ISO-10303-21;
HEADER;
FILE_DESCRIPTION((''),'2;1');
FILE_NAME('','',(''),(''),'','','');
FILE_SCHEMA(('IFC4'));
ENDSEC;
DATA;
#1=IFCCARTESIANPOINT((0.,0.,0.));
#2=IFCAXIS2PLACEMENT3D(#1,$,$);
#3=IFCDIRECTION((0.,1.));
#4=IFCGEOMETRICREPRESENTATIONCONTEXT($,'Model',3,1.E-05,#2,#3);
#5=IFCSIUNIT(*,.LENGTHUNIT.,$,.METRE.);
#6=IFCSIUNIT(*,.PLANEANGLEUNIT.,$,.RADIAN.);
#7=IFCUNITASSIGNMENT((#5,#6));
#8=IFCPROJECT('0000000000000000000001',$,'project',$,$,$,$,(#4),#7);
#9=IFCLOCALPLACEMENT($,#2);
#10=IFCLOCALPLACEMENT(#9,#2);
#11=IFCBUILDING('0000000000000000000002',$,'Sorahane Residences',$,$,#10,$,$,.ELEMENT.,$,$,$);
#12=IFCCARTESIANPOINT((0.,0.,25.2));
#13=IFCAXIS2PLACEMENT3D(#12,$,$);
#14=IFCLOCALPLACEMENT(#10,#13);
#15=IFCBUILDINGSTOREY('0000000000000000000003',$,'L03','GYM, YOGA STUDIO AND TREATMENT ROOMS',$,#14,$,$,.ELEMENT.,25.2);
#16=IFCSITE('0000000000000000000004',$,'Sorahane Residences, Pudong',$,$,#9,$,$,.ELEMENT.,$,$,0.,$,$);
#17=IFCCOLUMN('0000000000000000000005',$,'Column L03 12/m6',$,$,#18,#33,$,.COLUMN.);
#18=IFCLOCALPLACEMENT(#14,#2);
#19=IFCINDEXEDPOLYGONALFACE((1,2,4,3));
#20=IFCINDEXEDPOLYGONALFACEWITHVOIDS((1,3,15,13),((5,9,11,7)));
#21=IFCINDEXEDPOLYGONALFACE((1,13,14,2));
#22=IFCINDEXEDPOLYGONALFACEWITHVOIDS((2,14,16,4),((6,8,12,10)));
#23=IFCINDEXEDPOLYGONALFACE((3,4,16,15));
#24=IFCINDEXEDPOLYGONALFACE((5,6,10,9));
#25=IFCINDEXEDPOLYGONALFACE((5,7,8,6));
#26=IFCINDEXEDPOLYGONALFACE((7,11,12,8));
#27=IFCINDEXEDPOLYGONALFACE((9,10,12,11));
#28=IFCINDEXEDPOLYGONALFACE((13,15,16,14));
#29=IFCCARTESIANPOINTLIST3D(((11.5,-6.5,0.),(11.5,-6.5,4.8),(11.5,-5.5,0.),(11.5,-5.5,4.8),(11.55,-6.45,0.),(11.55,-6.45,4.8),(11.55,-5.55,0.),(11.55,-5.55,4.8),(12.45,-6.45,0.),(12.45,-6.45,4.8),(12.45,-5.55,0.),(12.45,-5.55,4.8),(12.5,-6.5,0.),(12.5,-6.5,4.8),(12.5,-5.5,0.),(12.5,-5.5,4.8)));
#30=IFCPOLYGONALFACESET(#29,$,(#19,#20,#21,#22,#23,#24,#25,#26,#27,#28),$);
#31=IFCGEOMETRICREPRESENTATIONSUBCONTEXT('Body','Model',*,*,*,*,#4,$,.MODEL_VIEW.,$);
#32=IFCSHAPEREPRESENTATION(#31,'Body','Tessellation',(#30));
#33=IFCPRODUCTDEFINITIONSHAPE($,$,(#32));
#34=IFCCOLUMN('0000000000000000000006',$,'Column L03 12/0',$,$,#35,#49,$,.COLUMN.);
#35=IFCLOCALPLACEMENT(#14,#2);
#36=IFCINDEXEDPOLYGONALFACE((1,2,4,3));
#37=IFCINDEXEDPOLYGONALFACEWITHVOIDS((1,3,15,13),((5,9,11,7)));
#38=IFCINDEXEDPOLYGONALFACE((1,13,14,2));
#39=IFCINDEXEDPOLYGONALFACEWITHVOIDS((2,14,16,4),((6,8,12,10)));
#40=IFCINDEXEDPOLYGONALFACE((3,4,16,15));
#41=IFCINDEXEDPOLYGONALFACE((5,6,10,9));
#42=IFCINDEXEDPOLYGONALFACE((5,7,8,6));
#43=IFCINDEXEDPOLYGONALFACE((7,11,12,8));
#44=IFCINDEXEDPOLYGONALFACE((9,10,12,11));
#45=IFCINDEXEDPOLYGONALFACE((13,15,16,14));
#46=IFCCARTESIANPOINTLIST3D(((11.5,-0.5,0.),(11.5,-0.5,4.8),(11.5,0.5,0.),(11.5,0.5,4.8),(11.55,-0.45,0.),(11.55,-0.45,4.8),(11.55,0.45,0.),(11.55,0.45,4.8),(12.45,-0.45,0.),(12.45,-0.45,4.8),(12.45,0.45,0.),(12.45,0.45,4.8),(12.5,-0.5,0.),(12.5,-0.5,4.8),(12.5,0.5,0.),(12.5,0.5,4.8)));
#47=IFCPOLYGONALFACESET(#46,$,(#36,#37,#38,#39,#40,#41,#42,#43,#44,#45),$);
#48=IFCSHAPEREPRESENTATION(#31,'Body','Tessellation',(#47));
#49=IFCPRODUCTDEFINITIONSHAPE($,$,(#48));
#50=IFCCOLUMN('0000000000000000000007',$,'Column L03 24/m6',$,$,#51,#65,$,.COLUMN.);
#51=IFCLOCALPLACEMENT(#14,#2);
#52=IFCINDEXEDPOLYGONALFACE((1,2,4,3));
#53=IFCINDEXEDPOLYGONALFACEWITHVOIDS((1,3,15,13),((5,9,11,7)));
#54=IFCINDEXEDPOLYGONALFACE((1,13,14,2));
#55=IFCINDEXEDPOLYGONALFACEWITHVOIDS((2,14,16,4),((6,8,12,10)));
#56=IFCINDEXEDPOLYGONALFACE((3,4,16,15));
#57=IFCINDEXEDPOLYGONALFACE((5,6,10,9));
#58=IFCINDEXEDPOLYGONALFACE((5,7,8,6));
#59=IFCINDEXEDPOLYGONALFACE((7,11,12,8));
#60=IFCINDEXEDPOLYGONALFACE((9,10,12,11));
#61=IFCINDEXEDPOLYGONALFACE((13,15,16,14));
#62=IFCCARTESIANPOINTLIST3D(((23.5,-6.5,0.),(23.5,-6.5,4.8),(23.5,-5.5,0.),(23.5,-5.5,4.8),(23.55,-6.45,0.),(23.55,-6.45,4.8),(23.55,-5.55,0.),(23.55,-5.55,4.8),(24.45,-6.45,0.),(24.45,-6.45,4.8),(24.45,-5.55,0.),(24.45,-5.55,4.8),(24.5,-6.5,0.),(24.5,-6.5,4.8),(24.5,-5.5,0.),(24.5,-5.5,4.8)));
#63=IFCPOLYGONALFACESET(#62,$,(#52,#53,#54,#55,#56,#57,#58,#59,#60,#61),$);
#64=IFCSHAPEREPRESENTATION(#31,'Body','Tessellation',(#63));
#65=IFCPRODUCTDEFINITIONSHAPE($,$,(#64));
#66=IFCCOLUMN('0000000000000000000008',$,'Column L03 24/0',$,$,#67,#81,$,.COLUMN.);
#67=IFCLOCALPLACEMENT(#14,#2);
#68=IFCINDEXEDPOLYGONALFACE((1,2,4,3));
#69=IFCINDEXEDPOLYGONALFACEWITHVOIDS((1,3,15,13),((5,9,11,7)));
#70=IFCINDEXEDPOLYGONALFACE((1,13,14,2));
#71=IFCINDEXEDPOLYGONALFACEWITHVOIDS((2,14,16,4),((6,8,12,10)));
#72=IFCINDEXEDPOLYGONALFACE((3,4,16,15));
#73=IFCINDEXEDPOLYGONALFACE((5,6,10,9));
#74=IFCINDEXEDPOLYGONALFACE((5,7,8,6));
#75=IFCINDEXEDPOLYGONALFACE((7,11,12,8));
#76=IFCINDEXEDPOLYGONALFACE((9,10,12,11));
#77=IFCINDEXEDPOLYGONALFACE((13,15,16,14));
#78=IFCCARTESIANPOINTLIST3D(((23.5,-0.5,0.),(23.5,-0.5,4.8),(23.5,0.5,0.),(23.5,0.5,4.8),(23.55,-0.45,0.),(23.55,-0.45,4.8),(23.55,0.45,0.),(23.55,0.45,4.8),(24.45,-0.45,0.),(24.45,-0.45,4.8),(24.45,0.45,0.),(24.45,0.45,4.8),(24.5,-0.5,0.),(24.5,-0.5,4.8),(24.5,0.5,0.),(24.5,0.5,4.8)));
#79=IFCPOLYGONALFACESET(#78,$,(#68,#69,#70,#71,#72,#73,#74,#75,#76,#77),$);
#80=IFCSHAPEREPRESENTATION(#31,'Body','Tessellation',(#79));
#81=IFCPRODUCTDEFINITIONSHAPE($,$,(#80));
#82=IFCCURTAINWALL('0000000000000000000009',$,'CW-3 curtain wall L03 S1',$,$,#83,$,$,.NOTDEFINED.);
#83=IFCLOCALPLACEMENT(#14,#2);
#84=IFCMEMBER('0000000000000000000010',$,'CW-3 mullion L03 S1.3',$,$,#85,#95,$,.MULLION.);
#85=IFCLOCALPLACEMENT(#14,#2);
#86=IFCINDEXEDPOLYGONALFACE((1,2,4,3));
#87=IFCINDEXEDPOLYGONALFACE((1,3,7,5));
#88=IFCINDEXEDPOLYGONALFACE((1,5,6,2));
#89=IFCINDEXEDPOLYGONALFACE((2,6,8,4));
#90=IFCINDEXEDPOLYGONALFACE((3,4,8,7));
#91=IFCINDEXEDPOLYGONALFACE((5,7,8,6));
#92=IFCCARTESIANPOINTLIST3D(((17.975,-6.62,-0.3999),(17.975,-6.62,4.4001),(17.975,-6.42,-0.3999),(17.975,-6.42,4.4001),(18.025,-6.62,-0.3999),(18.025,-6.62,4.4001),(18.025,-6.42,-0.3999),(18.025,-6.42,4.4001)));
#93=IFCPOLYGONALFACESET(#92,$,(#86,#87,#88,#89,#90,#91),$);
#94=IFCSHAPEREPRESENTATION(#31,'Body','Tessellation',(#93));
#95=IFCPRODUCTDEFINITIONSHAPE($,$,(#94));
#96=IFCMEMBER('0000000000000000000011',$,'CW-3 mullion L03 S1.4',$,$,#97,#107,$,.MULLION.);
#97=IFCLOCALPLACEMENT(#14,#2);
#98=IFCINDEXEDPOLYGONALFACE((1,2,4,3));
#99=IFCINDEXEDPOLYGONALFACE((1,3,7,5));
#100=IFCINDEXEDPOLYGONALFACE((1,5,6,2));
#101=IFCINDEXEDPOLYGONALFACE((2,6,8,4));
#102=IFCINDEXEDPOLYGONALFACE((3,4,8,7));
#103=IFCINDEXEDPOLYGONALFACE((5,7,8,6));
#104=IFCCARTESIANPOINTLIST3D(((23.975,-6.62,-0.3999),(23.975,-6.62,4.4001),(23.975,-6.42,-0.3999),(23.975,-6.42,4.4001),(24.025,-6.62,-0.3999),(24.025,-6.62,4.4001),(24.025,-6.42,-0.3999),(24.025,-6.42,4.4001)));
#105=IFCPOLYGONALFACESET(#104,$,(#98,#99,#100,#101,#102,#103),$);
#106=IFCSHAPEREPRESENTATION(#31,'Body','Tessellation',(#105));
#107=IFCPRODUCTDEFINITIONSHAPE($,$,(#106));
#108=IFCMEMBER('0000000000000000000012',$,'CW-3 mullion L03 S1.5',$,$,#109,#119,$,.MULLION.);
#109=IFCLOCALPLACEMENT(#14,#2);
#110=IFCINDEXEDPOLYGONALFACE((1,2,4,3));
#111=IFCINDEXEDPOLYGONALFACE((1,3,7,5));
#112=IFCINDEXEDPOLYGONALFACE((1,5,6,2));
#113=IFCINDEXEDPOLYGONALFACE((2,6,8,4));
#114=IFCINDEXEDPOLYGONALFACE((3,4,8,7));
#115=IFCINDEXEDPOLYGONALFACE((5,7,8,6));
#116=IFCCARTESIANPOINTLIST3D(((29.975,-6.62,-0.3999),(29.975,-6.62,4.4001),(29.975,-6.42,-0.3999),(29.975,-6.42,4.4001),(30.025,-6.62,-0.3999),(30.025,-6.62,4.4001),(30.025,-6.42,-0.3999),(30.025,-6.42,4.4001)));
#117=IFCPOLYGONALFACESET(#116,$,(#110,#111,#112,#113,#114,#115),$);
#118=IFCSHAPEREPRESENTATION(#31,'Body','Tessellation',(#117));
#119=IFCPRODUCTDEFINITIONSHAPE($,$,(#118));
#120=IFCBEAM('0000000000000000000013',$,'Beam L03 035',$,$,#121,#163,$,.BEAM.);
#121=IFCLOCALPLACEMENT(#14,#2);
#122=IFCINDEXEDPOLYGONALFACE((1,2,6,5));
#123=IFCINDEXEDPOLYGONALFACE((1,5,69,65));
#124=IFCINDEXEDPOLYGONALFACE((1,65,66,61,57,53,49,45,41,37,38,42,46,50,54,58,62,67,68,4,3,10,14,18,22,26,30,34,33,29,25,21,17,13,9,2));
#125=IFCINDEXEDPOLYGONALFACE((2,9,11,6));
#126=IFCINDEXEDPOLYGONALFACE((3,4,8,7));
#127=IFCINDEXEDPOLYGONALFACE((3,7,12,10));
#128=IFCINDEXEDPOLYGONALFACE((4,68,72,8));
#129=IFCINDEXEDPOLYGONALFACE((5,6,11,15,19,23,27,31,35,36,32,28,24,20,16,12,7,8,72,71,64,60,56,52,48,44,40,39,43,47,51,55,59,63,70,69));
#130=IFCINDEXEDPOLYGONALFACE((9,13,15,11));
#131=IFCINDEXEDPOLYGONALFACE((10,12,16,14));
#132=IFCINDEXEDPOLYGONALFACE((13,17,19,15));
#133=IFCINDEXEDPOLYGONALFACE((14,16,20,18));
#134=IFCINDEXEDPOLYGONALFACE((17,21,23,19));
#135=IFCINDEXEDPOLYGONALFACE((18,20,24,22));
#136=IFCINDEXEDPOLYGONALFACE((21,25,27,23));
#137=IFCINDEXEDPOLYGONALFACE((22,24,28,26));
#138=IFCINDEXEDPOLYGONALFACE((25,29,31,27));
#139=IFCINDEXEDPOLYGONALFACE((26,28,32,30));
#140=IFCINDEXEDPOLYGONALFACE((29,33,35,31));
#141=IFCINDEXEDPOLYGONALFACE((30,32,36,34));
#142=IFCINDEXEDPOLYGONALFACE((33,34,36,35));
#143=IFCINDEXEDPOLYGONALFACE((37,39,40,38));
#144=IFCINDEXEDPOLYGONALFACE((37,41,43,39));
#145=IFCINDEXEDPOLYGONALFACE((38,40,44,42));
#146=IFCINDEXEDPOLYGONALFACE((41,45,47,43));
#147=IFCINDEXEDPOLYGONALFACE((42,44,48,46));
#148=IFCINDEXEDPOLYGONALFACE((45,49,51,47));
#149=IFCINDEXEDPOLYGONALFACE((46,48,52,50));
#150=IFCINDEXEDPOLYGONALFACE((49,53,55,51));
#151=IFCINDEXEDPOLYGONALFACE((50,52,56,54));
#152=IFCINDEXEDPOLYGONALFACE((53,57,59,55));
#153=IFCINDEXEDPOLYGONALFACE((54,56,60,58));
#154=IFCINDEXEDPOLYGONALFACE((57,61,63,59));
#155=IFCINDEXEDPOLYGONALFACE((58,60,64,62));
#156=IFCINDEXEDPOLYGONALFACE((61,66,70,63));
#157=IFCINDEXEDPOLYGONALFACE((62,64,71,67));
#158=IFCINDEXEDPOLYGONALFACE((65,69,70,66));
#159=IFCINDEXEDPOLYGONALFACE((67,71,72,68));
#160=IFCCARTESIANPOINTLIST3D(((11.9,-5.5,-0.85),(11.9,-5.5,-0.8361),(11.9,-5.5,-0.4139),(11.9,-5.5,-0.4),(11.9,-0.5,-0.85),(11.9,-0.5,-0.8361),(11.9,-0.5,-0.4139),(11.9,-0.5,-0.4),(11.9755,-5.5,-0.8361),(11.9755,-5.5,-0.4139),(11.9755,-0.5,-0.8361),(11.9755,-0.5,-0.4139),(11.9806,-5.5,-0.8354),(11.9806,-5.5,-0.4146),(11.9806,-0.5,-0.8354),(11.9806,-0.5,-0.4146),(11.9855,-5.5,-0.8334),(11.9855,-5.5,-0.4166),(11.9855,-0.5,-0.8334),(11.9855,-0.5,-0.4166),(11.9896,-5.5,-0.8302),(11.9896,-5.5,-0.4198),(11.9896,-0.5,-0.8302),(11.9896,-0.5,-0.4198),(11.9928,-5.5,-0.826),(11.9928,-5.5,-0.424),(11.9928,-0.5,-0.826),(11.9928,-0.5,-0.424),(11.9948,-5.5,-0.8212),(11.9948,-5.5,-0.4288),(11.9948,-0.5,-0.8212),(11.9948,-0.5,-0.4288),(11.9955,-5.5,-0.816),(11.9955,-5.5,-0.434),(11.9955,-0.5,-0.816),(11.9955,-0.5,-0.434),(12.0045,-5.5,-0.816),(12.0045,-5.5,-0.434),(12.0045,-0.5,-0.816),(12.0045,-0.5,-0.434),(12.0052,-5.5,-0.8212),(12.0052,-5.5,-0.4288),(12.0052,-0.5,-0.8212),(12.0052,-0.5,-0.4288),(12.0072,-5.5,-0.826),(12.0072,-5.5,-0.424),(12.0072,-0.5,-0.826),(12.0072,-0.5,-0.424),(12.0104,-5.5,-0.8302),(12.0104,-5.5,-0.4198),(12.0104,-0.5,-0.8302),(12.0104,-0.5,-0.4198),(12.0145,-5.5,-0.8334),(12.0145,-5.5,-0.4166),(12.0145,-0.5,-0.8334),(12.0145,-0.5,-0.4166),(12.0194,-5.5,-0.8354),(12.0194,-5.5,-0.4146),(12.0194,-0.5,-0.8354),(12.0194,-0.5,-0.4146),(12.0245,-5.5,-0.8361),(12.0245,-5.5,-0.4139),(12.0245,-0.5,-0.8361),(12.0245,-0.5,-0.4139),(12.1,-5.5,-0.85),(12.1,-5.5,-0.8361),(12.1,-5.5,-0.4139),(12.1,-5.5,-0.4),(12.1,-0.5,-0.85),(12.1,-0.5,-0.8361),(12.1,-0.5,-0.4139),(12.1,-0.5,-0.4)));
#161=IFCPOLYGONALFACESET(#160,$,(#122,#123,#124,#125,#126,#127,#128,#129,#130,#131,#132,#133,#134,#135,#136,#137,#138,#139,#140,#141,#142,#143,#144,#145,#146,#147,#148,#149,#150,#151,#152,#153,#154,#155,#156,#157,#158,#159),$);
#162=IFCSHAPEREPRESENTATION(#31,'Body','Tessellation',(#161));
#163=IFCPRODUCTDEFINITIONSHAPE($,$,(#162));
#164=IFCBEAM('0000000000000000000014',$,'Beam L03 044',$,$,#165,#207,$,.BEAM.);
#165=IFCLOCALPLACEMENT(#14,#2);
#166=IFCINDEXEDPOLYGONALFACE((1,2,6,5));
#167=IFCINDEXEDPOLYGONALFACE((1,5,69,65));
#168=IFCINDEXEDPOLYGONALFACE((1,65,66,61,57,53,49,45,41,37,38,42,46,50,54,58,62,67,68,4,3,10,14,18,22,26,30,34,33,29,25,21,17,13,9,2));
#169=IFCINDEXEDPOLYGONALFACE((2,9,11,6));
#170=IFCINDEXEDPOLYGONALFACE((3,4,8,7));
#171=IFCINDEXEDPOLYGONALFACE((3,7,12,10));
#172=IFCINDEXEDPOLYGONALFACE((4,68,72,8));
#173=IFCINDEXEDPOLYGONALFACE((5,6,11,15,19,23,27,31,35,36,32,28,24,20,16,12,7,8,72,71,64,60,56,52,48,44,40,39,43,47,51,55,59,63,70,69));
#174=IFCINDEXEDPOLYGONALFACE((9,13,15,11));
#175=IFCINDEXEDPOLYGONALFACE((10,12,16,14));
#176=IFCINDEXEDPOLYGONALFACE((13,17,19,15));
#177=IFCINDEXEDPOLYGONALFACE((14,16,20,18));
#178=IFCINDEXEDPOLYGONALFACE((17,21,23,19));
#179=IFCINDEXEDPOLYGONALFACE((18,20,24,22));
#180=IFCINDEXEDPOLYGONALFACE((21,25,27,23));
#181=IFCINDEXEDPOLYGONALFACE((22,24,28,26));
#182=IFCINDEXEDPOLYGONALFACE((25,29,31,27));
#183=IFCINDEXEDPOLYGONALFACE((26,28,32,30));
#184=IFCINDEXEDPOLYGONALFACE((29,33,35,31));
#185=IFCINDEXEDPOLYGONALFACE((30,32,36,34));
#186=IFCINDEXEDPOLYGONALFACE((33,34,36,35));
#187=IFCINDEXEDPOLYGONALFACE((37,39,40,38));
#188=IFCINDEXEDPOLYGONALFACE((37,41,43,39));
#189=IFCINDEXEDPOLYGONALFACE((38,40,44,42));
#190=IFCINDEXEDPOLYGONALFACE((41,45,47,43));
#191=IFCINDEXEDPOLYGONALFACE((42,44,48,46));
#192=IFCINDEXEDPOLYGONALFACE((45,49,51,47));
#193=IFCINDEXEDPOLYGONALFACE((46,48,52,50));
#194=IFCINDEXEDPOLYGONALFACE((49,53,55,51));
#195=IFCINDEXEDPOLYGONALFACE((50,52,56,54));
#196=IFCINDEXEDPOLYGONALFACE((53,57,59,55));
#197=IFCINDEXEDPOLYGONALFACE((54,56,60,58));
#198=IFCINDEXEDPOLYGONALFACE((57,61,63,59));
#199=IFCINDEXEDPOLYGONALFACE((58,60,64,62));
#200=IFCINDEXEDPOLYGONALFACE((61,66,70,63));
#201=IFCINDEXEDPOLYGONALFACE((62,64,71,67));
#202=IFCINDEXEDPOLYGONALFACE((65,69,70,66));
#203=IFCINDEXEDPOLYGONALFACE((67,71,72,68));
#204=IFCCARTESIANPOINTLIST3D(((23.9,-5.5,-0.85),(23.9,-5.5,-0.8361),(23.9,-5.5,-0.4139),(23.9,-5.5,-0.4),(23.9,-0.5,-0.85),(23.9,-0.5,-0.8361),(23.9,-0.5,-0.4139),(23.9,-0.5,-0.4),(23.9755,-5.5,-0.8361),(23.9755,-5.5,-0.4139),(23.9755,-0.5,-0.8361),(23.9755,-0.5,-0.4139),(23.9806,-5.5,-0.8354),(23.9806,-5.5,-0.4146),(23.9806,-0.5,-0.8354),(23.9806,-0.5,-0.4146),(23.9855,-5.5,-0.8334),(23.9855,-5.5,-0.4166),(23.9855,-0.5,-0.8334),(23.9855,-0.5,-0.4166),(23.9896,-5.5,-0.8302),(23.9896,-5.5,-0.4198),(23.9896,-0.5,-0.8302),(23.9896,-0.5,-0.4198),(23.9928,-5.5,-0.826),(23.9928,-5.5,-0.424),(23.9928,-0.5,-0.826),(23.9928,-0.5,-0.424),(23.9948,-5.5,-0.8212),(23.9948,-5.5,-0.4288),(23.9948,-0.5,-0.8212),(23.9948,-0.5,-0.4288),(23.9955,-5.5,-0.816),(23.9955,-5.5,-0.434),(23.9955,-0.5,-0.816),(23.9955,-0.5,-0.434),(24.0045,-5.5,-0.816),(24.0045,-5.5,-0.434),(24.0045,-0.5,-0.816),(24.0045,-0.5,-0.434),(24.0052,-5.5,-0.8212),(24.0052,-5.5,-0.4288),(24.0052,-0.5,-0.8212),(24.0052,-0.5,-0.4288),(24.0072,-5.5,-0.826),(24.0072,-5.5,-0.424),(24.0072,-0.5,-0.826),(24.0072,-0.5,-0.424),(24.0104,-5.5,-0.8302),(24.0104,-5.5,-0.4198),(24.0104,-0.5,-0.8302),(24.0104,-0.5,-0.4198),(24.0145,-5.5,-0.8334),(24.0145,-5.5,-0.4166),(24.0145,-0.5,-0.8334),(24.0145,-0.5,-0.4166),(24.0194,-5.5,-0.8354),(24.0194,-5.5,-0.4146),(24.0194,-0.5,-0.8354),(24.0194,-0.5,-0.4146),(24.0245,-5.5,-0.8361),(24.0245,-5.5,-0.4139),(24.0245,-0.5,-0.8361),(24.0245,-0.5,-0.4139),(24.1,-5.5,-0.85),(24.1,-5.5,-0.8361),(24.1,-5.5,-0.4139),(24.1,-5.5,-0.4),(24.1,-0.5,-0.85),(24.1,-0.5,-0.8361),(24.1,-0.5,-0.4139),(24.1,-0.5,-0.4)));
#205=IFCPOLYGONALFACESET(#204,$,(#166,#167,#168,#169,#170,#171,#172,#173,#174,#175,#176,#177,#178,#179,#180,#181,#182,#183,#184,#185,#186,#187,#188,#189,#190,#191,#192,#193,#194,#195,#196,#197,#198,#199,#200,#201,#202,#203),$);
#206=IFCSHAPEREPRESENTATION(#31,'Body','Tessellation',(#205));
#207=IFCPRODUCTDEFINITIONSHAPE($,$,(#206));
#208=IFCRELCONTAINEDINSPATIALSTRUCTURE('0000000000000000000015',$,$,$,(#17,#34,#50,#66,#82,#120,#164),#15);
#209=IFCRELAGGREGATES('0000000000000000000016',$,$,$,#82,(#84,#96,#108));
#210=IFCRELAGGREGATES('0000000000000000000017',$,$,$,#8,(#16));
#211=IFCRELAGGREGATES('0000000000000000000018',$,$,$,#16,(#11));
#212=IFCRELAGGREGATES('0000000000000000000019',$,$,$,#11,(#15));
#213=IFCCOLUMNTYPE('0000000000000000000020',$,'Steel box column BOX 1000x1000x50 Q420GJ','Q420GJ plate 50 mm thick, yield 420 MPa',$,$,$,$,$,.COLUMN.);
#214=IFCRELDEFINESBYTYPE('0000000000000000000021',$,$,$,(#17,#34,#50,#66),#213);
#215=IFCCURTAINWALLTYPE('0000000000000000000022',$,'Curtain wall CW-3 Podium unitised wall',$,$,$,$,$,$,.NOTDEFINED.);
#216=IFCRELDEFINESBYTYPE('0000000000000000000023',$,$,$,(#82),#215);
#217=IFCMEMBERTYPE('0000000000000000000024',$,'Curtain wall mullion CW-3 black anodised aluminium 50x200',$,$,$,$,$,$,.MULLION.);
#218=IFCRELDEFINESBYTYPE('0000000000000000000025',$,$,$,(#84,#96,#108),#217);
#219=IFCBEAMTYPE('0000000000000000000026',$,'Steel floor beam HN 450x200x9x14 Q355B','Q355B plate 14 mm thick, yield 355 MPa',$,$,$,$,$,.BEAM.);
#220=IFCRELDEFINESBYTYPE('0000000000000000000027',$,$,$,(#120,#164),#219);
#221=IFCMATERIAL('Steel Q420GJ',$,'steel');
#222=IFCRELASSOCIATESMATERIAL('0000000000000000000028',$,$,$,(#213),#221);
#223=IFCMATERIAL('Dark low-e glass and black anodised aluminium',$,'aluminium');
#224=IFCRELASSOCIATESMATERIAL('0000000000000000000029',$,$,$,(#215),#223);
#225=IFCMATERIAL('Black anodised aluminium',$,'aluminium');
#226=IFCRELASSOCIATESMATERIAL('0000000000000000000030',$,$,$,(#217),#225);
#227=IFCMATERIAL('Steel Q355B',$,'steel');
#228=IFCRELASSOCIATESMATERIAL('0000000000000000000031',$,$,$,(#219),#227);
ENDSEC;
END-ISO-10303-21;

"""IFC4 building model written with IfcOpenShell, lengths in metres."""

from ifc_helpers import new_model, si_unit, direction, frame, origin, origin_2d, place, context, subcontext, project, spatial, rectangle, hollow_rectangle, i_section, extrude, material, material_profile, profile_set, type_object, element, aggregate, save


model = new_model("IFC4")

# Units and contexts
model_context = context("Model", 3, precision=1e-05, world=origin(), true_north=direction((0.0, 1.0)))
body_context = subcontext(model_context, "Body", "Model", "MODEL_VIEW")
ifc_project = project(units=[si_unit("LENGTHUNIT", "METRE"), si_unit("PLANEANGLEUNIT", "RADIAN")], contexts=[model_context])

# Site, building, storey
site_placement = place(None, origin())
site = spatial("IfcSite", under=ifc_project, at=site_placement, Name="Sorahane Residences, Pudong", CompositionType="ELEMENT", RefElevation=0.0)
building_placement = place(site_placement, origin())
building = spatial("IfcBuilding", under=site, at=building_placement, Name="Sorahane Residences", CompositionType="ELEMENT")
storey_placement = place(building_placement, frame((0.0, 0.0, 25.2)))
storey = spatial("IfcBuildingStorey", under=building, at=storey_placement, Name="L03", Description="GYM, YOGA STUDIO AND TREATMENT ROOMS", CompositionType="ELEMENT", Elevation=25.2)

# Columns
ifc_material_1 = material(Name="Steel Q420GJ", Category="steel")
ifc_material_profile_1 = material_profile(ifc_material_1, hollow_rectangle(XDim=1.0, YDim=1.0, WallThickness=0.05, at=origin_2d()), Name="BOX 1000x1000x50")
ifc_profile_set_1 = profile_set([ifc_material_profile_1], Name="Steel Q420GJ")
column_type = type_object("IfcColumnType", Name="Steel box column BOX 1000x1000x50 Q420GJ", Description="Q420GJ plate 50 mm thick, yield 420 MPa", PredefinedType="COLUMN", material=ifc_profile_set_1)
for number, where, z_axis, x_axis, name in (
    (1, (12.0, -6.0, 0.0), (0.0, 0.0, 1.0), (1.0, 0.0, 0.0), "Column L03 12/m6"),
    (2, (12.0, 0.0, 0.0), (0.0, 0.0, 1.0), (1.0, 0.0, 0.0), "Column L03 12/0"),
    (3, (24.0, -6.0, 0.0), (0.0, 0.0, 1.0), (1.0, 0.0, 0.0), "Column L03 24/m6"),
    (4, (24.0, 0.0, 0.0), (0.0, 0.0, 1.0), (1.0, 0.0, 0.0), "Column L03 24/0"),
):
    element("IfcColumn", number, at=place(storey_placement, frame(where, z_axis=z_axis, x_axis=x_axis)), inside=storey, type_object=column_type, Name=name, PredefinedType="COLUMN", context=body_context, shape_type="SweptSolid", body=[
        extrude(hollow_rectangle(XDim=1.0, YDim=1.0, WallThickness=0.05, at=origin_2d()), origin(), (0.0, 0.0, 1.0), 4.8),
    ])

# Curtain wall, members
ifc_material_2 = material(Name="Dark low-e glass and black anodised aluminium", Category="aluminium")
curtain_wall_type = type_object("IfcCurtainWallType", Name="Curtain wall CW-3 Podium unitised wall", PredefinedType="NOTDEFINED", material=ifc_material_2)
curtain_wall_placement = place(storey_placement, origin())
curtain_wall = element("IfcCurtainWall", 5, at=curtain_wall_placement, inside=storey, type_object=curtain_wall_type, Name="CW-3 curtain wall L03 S1", PredefinedType="NOTDEFINED")
ifc_material_3 = material(Name="Black anodised aluminium", Category="aluminium")
ifc_material_profile_2 = material_profile(ifc_material_3, rectangle(XDim=0.2, YDim=0.05, at=origin_2d()), Name="Curtain wall mullion CW-3 black anodised aluminium 50x200")
ifc_profile_set_2 = profile_set([ifc_material_profile_2], Name="Black anodised aluminium")
member_type = type_object("IfcMemberType", Name="Curtain wall mullion CW-3 black anodised aluminium 50x200", PredefinedType="MULLION", material=ifc_profile_set_2)
member_1_placement = place(storey_placement, frame((18.0, -6.52, -0.3999), z_axis=(0.0, 0.0, 1.0), x_axis=(0.0, -1.0, 0.0)))
member_1 = element("IfcMember", 6, at=member_1_placement, type_object=member_type, Name="CW-3 mullion L03 S1.3", PredefinedType="MULLION", context=body_context, shape_type="SweptSolid", body=[
    extrude(rectangle(XDim=0.2, YDim=0.05, at=origin_2d()), origin(), (0.0, 0.0, 1.0), 4.8),
])
member_2_placement = place(storey_placement, frame((24.0, -6.52, -0.3999), z_axis=(0.0, 0.0, 1.0), x_axis=(0.0, -1.0, 0.0)))
member_2 = element("IfcMember", 7, at=member_2_placement, type_object=member_type, Name="CW-3 mullion L03 S1.4", PredefinedType="MULLION", context=body_context, shape_type="SweptSolid", body=[
    extrude(rectangle(XDim=0.2, YDim=0.05, at=origin_2d()), origin(), (0.0, 0.0, 1.0), 4.8),
])
member_3_placement = place(storey_placement, frame((30.0, -6.52, -0.3999), z_axis=(0.0, 0.0, 1.0), x_axis=(0.0, -1.0, 0.0)))
member_3 = element("IfcMember", 8, at=member_3_placement, type_object=member_type, Name="CW-3 mullion L03 S1.5", PredefinedType="MULLION", context=body_context, shape_type="SweptSolid", body=[
    extrude(rectangle(XDim=0.2, YDim=0.05, at=origin_2d()), origin(), (0.0, 0.0, 1.0), 4.8),
])

# Beams
ifc_material_4 = material(Name="Steel Q355B", Category="steel")
ifc_material_profile_3 = material_profile(ifc_material_4, i_section(OverallWidth=0.2, OverallDepth=0.45, WebThickness=0.009, FlangeThickness=0.0139, FilletRadius=0.02, at=origin_2d()), Name="HN 450x200x9x14")
ifc_profile_set_3 = profile_set([ifc_material_profile_3], Name="Steel Q355B")
beam_type_1 = type_object("IfcBeamType", Name="Steel floor beam HN 450x200x9x14 Q355B", Description="Q355B plate 14 mm thick, yield 355 MPa", PredefinedType="BEAM", material=ifc_profile_set_3)
for number, where, z_axis, x_axis, name in (
    (9, (12.0, -5.5, -0.625), (0.0, 1.0, 0.0), (-1.0, 0.0, 0.0), "Beam L03 035"),
    (10, (24.0, -5.5, -0.625), (0.0, 1.0, 0.0), (-1.0, 0.0, 0.0), "Beam L03 044"),
):
    element("IfcBeam", number, at=place(storey_placement, frame(where, z_axis=z_axis, x_axis=x_axis)), inside=storey, type_object=beam_type_1, Name=name, PredefinedType="BEAM", context=body_context, shape_type="SweptSolid", body=[
        extrude(i_section(OverallWidth=0.2, OverallDepth=0.45, WebThickness=0.009, FlangeThickness=0.0139, FilletRadius=0.02, at=origin_2d()), origin(), (0.0, 0.0, 1.0), 5.0),
    ])

aggregate(curtain_wall, [member_1, member_2, member_3])

save(model, "model.ifc")
